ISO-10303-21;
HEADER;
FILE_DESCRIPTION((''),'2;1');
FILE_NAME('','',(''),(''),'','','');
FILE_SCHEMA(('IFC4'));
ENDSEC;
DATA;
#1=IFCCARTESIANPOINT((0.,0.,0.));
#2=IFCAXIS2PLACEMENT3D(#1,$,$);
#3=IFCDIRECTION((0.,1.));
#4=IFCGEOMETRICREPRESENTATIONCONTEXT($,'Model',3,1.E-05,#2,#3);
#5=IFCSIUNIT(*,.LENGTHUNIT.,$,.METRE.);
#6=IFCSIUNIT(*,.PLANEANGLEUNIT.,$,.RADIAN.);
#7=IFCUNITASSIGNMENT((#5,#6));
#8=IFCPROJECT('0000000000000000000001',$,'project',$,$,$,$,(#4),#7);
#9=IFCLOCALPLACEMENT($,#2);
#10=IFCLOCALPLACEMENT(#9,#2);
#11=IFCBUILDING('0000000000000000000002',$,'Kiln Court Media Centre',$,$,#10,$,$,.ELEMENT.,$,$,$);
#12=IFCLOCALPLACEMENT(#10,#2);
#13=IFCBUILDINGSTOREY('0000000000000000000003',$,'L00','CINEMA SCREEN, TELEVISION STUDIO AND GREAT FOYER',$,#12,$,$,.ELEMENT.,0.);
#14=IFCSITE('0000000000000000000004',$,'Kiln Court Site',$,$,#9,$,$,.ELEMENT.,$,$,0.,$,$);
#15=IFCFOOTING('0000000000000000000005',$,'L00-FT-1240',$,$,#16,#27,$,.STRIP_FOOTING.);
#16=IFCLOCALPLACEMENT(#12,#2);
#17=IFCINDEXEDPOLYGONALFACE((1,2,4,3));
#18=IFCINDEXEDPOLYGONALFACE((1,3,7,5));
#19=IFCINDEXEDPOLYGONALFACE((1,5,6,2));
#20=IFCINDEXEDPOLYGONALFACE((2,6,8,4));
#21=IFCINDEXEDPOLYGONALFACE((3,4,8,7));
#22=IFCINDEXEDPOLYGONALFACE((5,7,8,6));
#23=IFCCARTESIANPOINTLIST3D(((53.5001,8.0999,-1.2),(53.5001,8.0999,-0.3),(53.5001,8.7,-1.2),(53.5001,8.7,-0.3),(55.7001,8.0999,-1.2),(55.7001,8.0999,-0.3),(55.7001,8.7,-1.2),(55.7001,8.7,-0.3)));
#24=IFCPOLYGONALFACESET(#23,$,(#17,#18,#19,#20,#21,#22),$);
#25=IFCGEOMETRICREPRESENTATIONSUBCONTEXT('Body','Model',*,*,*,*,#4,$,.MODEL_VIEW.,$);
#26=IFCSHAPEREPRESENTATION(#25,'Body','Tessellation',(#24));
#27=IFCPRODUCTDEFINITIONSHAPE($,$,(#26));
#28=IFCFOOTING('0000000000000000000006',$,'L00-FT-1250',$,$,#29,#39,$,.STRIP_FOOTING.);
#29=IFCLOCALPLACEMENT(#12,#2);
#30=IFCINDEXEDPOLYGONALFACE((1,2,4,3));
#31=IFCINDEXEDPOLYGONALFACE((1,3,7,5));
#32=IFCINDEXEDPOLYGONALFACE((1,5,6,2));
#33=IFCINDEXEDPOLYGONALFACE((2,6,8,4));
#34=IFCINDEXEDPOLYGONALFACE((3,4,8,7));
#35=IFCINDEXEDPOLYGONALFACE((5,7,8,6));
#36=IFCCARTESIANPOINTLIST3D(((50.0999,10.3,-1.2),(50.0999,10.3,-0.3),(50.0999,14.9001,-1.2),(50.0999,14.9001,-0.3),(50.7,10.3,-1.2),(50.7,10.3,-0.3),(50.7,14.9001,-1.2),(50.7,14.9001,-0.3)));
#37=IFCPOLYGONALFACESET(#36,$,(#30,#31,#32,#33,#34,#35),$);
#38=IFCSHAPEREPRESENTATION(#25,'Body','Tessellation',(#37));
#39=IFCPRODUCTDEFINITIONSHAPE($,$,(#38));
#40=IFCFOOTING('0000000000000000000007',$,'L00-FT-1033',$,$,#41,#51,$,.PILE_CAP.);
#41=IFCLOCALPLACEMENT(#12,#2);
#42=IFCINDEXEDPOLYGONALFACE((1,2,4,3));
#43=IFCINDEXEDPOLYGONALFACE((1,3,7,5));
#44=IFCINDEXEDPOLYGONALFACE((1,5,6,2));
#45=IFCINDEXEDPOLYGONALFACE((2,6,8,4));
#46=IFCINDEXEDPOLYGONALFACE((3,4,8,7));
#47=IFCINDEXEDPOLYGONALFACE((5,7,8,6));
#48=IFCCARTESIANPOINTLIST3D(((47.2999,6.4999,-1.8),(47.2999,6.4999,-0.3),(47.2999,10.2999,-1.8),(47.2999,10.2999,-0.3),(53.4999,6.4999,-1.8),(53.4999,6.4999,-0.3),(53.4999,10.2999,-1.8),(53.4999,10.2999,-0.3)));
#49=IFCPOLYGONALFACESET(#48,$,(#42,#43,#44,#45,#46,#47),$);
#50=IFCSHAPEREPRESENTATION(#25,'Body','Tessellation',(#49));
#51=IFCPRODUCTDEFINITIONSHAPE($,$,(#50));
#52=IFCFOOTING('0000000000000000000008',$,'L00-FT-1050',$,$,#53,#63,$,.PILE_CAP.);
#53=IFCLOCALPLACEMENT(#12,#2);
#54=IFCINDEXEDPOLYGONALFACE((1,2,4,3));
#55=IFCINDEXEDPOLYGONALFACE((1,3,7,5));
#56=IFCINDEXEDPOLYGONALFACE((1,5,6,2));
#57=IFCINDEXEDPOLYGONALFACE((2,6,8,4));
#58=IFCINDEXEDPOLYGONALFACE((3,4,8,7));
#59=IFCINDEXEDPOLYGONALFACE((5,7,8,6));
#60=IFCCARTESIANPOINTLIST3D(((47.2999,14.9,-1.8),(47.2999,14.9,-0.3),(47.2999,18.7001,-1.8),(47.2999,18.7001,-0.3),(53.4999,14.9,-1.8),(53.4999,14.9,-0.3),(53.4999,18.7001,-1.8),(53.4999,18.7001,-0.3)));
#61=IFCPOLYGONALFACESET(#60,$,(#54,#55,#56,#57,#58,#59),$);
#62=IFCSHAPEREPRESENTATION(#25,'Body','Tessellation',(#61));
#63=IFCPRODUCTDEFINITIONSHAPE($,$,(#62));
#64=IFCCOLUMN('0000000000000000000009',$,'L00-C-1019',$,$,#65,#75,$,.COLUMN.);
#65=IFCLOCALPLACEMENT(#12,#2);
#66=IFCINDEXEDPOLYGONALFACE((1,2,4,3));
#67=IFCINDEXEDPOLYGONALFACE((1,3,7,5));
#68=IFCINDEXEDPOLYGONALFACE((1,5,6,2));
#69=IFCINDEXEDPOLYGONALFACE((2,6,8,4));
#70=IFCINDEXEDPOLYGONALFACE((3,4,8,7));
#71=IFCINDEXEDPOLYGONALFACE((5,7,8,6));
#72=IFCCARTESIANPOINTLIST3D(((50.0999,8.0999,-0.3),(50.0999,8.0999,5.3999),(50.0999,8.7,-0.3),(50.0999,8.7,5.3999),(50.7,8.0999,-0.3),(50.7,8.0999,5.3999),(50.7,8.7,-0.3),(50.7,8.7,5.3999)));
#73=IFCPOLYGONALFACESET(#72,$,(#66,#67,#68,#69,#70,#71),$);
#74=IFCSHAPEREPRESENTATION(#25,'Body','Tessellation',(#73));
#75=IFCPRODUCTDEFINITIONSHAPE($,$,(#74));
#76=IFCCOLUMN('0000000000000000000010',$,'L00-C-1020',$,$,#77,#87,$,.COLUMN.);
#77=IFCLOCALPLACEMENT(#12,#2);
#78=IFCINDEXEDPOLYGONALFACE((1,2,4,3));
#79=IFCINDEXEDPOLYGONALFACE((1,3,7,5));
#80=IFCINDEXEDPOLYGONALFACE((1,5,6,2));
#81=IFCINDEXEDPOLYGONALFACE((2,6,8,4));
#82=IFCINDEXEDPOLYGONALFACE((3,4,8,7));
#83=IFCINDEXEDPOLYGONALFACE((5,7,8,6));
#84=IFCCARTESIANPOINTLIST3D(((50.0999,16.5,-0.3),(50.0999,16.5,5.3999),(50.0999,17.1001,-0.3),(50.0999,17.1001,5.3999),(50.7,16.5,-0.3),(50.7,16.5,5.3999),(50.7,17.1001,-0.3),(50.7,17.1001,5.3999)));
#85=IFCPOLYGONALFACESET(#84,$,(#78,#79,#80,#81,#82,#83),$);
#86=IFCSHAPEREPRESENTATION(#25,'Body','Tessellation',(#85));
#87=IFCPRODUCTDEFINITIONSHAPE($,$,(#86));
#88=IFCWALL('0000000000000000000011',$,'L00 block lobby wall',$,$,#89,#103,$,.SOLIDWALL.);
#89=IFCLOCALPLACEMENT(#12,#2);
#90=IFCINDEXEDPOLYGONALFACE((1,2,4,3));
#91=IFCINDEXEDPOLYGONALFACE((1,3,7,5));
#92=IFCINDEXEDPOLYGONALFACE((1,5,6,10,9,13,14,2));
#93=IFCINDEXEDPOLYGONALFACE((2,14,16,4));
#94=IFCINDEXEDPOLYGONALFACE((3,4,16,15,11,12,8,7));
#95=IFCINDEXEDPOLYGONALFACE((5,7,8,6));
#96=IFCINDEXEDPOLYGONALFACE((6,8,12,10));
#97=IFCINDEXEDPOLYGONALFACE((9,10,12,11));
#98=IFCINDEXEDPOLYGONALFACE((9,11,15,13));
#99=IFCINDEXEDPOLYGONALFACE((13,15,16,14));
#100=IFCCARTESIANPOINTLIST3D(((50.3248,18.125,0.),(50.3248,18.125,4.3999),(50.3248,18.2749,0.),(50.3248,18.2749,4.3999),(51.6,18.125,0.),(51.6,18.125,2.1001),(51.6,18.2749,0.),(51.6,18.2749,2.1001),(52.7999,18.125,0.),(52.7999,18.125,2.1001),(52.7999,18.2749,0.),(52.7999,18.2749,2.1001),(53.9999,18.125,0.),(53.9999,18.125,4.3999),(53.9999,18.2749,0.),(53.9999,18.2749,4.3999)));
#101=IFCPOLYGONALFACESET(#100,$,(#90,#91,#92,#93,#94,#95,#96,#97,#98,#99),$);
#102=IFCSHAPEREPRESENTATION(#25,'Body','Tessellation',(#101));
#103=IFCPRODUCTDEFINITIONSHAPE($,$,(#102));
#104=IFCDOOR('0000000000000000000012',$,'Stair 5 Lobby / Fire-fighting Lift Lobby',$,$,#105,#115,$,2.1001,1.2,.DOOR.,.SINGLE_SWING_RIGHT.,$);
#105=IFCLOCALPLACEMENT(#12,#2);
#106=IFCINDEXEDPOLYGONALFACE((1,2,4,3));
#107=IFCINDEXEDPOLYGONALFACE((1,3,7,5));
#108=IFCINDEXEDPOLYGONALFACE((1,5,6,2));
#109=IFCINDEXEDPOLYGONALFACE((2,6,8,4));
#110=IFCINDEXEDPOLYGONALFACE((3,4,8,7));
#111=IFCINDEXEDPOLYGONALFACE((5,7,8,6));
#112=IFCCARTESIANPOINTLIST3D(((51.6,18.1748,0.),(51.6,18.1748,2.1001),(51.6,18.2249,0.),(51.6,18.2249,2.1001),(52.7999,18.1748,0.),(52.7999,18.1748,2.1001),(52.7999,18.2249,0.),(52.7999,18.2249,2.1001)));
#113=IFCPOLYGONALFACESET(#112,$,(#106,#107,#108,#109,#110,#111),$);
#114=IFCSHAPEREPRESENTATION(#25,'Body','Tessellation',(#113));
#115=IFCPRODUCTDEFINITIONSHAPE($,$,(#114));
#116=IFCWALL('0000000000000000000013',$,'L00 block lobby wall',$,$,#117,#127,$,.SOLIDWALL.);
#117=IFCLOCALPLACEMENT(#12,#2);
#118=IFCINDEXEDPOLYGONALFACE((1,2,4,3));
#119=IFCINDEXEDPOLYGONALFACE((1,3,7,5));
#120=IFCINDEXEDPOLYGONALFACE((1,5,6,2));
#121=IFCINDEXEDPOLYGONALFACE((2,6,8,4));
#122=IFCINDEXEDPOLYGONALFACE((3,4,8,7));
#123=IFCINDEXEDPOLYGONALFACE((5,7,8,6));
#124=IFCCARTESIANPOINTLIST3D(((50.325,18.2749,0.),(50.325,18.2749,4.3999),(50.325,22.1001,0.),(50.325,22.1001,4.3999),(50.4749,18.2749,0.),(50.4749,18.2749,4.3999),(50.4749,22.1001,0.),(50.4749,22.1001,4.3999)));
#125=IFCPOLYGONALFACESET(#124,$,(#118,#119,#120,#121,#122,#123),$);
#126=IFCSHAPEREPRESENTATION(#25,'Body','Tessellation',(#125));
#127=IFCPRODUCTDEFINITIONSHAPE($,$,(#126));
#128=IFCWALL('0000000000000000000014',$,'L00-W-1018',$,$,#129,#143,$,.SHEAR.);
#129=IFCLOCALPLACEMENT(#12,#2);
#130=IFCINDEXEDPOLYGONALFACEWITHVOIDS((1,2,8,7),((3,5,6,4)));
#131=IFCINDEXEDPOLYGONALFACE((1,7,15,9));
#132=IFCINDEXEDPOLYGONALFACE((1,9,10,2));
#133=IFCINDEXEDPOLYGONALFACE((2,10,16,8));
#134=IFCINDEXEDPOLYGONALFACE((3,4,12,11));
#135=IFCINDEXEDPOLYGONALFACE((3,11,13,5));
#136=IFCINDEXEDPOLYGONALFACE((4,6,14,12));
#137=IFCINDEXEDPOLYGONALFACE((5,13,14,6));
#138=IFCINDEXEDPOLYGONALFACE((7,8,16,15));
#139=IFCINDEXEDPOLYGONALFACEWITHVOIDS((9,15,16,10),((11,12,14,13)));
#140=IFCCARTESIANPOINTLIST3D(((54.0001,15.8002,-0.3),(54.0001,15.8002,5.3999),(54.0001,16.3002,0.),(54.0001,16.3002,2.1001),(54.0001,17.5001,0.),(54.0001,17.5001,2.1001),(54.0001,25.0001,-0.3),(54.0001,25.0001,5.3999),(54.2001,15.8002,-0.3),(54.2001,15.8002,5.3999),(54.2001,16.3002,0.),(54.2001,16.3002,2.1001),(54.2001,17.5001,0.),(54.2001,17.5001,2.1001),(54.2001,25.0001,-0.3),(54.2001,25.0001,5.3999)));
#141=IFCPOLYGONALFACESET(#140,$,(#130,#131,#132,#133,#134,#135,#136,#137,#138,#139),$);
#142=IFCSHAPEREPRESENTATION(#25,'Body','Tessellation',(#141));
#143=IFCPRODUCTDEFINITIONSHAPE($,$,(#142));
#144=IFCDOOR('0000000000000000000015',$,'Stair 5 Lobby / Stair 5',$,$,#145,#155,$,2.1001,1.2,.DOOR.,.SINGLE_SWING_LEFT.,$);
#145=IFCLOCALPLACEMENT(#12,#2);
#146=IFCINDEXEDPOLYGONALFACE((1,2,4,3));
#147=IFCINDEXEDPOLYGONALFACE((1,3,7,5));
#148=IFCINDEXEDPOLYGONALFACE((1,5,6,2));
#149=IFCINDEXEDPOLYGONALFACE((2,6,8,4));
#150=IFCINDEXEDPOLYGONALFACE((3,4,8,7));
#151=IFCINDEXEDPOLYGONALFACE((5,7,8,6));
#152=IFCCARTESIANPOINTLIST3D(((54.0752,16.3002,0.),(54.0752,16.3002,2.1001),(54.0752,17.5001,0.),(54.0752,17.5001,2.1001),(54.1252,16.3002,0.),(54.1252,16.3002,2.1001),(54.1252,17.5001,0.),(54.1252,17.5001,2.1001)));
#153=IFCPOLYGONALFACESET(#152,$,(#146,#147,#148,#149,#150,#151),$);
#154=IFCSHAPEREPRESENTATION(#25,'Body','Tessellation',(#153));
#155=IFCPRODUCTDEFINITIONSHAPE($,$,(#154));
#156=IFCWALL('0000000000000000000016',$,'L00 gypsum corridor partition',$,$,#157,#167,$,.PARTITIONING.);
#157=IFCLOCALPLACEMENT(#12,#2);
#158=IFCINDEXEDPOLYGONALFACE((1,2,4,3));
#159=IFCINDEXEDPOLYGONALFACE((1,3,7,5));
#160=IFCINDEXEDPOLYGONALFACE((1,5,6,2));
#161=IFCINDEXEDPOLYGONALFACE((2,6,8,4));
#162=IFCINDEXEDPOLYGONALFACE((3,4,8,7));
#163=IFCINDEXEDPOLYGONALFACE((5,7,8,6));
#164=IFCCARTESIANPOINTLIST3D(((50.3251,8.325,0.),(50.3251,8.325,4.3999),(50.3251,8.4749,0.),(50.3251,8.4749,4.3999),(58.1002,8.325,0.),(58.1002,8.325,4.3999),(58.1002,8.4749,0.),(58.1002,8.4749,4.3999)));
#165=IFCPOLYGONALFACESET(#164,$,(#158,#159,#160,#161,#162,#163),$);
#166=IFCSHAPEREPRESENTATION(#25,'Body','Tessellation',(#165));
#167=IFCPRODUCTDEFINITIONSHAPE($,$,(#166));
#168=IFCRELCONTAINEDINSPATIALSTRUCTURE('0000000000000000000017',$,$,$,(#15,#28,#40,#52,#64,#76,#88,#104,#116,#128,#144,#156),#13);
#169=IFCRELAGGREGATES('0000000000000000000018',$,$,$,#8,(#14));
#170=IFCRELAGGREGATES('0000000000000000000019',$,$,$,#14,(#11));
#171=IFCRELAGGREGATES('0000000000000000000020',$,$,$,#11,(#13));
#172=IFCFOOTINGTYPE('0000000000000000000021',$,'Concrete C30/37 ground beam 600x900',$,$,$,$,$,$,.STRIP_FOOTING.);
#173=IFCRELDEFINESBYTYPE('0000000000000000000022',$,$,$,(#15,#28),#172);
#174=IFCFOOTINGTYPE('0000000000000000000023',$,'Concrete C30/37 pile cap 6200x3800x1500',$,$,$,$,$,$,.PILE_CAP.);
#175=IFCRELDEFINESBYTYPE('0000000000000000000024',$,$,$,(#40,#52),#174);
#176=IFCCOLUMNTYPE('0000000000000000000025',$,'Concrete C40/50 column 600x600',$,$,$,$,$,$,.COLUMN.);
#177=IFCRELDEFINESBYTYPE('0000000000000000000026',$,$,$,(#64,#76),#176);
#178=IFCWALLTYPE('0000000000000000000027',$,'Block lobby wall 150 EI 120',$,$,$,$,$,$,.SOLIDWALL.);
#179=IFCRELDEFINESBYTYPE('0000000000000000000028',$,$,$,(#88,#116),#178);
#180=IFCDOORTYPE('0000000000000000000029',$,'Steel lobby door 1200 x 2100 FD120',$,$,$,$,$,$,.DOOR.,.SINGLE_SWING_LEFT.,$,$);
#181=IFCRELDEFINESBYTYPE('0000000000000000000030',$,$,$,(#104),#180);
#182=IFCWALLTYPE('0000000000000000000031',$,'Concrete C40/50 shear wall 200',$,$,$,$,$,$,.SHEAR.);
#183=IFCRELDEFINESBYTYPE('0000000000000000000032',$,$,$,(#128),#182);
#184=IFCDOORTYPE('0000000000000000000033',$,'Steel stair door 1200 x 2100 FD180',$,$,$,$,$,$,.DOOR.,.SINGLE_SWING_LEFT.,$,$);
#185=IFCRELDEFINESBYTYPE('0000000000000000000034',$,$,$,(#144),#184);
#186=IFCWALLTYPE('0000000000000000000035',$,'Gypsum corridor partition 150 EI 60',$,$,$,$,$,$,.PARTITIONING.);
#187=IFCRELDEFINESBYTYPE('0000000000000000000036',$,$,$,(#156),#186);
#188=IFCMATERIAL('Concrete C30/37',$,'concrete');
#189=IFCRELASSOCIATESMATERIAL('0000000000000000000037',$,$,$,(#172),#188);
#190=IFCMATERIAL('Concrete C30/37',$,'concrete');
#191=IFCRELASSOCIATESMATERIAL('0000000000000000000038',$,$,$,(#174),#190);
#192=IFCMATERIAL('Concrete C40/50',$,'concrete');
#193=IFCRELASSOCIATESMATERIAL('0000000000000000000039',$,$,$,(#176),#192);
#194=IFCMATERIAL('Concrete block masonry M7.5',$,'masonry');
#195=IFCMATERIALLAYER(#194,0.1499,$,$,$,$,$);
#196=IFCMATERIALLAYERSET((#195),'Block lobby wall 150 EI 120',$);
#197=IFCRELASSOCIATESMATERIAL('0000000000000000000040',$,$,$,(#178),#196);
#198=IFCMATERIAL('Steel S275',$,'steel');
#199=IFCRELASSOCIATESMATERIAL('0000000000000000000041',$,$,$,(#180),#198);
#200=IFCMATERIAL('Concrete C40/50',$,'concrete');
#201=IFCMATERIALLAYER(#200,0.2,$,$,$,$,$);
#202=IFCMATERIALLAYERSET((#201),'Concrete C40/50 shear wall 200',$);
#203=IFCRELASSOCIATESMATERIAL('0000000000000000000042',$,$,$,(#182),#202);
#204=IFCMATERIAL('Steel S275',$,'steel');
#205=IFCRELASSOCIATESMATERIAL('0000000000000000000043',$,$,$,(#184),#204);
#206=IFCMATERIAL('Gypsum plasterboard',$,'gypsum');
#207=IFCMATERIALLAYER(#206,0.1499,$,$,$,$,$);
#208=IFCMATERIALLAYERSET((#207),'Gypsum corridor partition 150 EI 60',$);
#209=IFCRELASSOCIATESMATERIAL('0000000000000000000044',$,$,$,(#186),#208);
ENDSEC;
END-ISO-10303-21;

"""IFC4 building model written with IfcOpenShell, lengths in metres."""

from ifc_helpers import new_model, si_unit, direction, frame, frame_2d, origin, origin_2d, place, context, subcontext, project, spatial, rectangle, extrude, material, layer, layer_set, material_profile, profile_set, type_object, element, fill, save


model = new_model("IFC4")

# Units and contexts
model_context = context("Model", 3, precision=1e-05, world=origin(), true_north=direction((0.0, 1.0)))
body_context = subcontext(model_context, "Body", "Model", "MODEL_VIEW")
ifc_project = project(units=[si_unit("LENGTHUNIT", "METRE"), si_unit("PLANEANGLEUNIT", "RADIAN")], contexts=[model_context])

# Site, building, storey
site_placement = place(None, origin())
site = spatial("IfcSite", under=ifc_project, at=site_placement, Name="Kiln Court Site", CompositionType="ELEMENT", RefElevation=0.0)
building_placement = place(site_placement, origin())
building = spatial("IfcBuilding", under=site, at=building_placement, Name="Kiln Court Media Centre", CompositionType="ELEMENT")
storey_placement = place(building_placement, origin())
storey = spatial("IfcBuildingStorey", under=building, at=storey_placement, Name="L00", Description="CINEMA SCREEN, TELEVISION STUDIO AND GREAT FOYER", CompositionType="ELEMENT", Elevation=0.0)

# Footings
ifc_material_1 = material(Name="Concrete C30/37", Category="concrete")
footing_type_1 = type_object("IfcFootingType", Name="Concrete C30/37 ground beam 600x900", PredefinedType="STRIP_FOOTING", material=ifc_material_1)
footing_1_placement = place(storey_placement, frame((54.6001, 8.3999, -1.2), z_axis=(0.0, 0.0, 1.0), x_axis=(1.0, 0.0, 0.0)))
element("IfcFooting", 1, at=footing_1_placement, inside=storey, type_object=footing_type_1, Name="L00-FT-1240", PredefinedType="STRIP_FOOTING", context=body_context, shape_type="SweptSolid", body=[
    extrude(rectangle(XDim=2.2, YDim=0.6001, at=origin_2d()), origin(), (0.0, 0.0, 1.0), 0.8999),
])
footing_2_placement = place(storey_placement, frame((50.3999, 12.6001, -1.2), z_axis=(0.0, 0.0, 1.0), x_axis=(1.0, 0.0, 0.0)))
element("IfcFooting", 2, at=footing_2_placement, inside=storey, type_object=footing_type_1, Name="L00-FT-1250", PredefinedType="STRIP_FOOTING", context=body_context, shape_type="SweptSolid", body=[
    extrude(rectangle(XDim=0.6001, YDim=4.6001, at=origin_2d()), origin(), (0.0, 0.0, 1.0), 0.8999),
])
ifc_material_2 = material(Name="Concrete C30/37", Category="concrete")
footing_type_2 = type_object("IfcFootingType", Name="Concrete C30/37 pile cap 6200x3800x1500", PredefinedType="PILE_CAP", material=ifc_material_2)
for number, where, z_axis, x_axis, name in (
    (3, (50.3999, 8.3999, -1.8), (0.0, 0.0, 1.0), (1.0, 0.0, 0.0), "L00-FT-1033"),
    (4, (50.3999, 16.8, -1.8), (0.0, 0.0, 1.0), (1.0, 0.0, 0.0), "L00-FT-1050"),
):
    element("IfcFooting", number, at=place(storey_placement, frame(where, z_axis=z_axis, x_axis=x_axis)), inside=storey, type_object=footing_type_2, Name=name, PredefinedType="PILE_CAP", context=body_context, shape_type="SweptSolid", body=[
        extrude(rectangle(XDim=6.2, YDim=3.8, at=origin_2d()), origin(), (0.0, 0.0, 1.0), 1.5),
    ])

# Columns
ifc_material_3 = material(Name="Concrete C40/50", Category="concrete")
ifc_material_profile_1 = material_profile(ifc_material_3, rectangle(XDim=0.6001, YDim=0.6001, at=origin_2d()), Name="RC 600x600")
ifc_profile_set_1 = profile_set([ifc_material_profile_1], Name="Concrete C40/50")
column_type = type_object("IfcColumnType", Name="Concrete C40/50 column 600x600", PredefinedType="COLUMN", material=ifc_profile_set_1)
for number, where, z_axis, x_axis, name in (
    (5, (50.3999, 8.3999, -0.3), (0.0, 0.0, 1.0), (1.0, 0.0, 0.0), "L00-C-1019"),
    (6, (50.3999, 16.8, -0.3), (0.0, 0.0, 1.0), (1.0, 0.0, 0.0), "L00-C-1020"),
):
    element("IfcColumn", number, at=place(storey_placement, frame(where, z_axis=z_axis, x_axis=x_axis)), inside=storey, type_object=column_type, Name=name, PredefinedType="COLUMN", context=body_context, shape_type="SweptSolid", body=[
        extrude(rectangle(XDim=0.6001, YDim=0.6001, at=origin_2d()), origin(), (0.0, 0.0, 1.0), 5.7),
    ])

# Wall, opening, door
ifc_material_4 = material(Name="Concrete block masonry M7.5", Category="masonry")
ifc_layer_1 = layer(ifc_material_4, 0.1499)
ifc_layer_set_1 = layer_set([ifc_layer_1], Name="Block lobby wall 150 EI 120")
wall_type_1 = type_object("IfcWallType", Name="Block lobby wall 150 EI 120", PredefinedType="SOLIDWALL", material=ifc_layer_set_1)
wall_1_placement = place(storey_placement, frame((50.325, 18.2, 0.0), z_axis=(0.0, 0.0, 1.0), x_axis=(1.0, 0.0, 0.0)))
wall_1 = element("IfcWall", 7, at=wall_1_placement, inside=storey, type_object=wall_type_1, Name="L00 block lobby wall", PredefinedType="SOLIDWALL", context=body_context, shape_type="SweptSolid", body=[
    extrude(rectangle(XDim=3.675, YDim=0.1499, at=frame_2d((1.8374, 0.0))), origin(), (0.0, 0.0, 1.0), 4.3999),
])
opening_1_placement = place(wall_1_placement, frame((1.2749, 0.0, 0.0)))
opening_1 = element("IfcOpeningElement", 8, at=opening_1_placement, cuts=wall_1, PredefinedType="OPENING", context=body_context, shape_type="SweptSolid", body=[
    extrude(rectangle(XDim=1.2, YDim=2.1001, at=frame_2d((0.6001, 1.05))), frame((0.0, 0.085, 0.0), z_axis=(0.0, -1.0, 0.0), x_axis=(1.0, 0.0, 0.0)), (0.0, 0.0, 1.0), 0.1699),
])
ifc_material_5 = material(Name="Steel S275", Category="steel")
door_type_1 = type_object("IfcDoorType", Name="Steel lobby door 1200 x 2100 FD120", OperationType="SINGLE_SWING_LEFT", PredefinedType="DOOR", material=ifc_material_5)
door_1_placement = place(opening_1_placement, origin())
door_1 = element("IfcDoor", 9, at=door_1_placement, inside=storey, type_object=door_type_1, Name="Stair 5 Lobby / Fire-fighting Lift Lobby", OperationType="SINGLE_SWING_RIGHT", OverallHeight=2.1001, OverallWidth=1.2, PredefinedType="DOOR", context=body_context, shape_type="SweptSolid", body=[
    extrude(rectangle(XDim=1.2, YDim=2.1001, at=frame_2d((0.6001, 1.05))), frame((0.0, 0.0249, 0.0), z_axis=(0.0, -1.0, 0.0), x_axis=(1.0, 0.0, 0.0)), (0.0, 0.0, 1.0), 0.05),
])
fill(opening_1, door_1)

# Wall
wall_2_placement = place(storey_placement, frame((50.3999, 18.2749, 0.0), z_axis=(0.0, 0.0, 1.0), x_axis=(0.0, 1.0, 0.0)))
element("IfcWall", 10, at=wall_2_placement, inside=storey, type_object=wall_type_1, Name="L00 block lobby wall", PredefinedType="SOLIDWALL", context=body_context, shape_type="SweptSolid", body=[
    extrude(rectangle(XDim=3.8252, YDim=0.1499, at=frame_2d((1.9126, 0.0))), origin(), (0.0, 0.0, 1.0), 4.3999),
])

# Wall, opening, door
ifc_material_6 = material(Name="Concrete C40/50", Category="concrete")
ifc_layer_2 = layer(ifc_material_6, 0.2)
ifc_layer_set_2 = layer_set([ifc_layer_2], Name="Concrete C40/50 shear wall 200")
wall_type_2 = type_object("IfcWallType", Name="Concrete C40/50 shear wall 200", PredefinedType="SHEAR", material=ifc_layer_set_2)
wall_3_placement = place(storey_placement, frame((54.1001, 15.8, -0.3), z_axis=(0.0, 0.0, 1.0), x_axis=(0.0, 1.0, 0.0)))
wall_3 = element("IfcWall", 11, at=wall_3_placement, inside=storey, type_object=wall_type_2, Name="L00-W-1018", PredefinedType="SHEAR", context=body_context, shape_type="SweptSolid", body=[
    extrude(rectangle(XDim=9.2, YDim=0.2, at=frame_2d((4.6001, 0.0))), origin(), (0.0, 0.0, 1.0), 5.7),
])
opening_2_placement = place(wall_3_placement, frame((0.5, 0.0, 0.3)))
opening_2 = element("IfcOpeningElement", 12, at=opening_2_placement, cuts=wall_3, PredefinedType="OPENING", context=body_context, shape_type="SweptSolid", body=[
    extrude(rectangle(XDim=1.2, YDim=2.1001, at=frame_2d((0.6001, 1.05))), frame((0.0, 0.1099, 0.0), z_axis=(0.0, -1.0, 0.0), x_axis=(1.0, 0.0, 0.0)), (0.0, 0.0, 1.0), 0.22),
])
ifc_material_7 = material(Name="Steel S275", Category="steel")
door_type_2 = type_object("IfcDoorType", Name="Steel stair door 1200 x 2100 FD180", OperationType="SINGLE_SWING_LEFT", PredefinedType="DOOR", material=ifc_material_7)
door_2_placement = place(opening_2_placement, origin())
door_2 = element("IfcDoor", 13, at=door_2_placement, inside=storey, type_object=door_type_2, Name="Stair 5 Lobby / Stair 5", OperationType="SINGLE_SWING_LEFT", OverallHeight=2.1001, OverallWidth=1.2, PredefinedType="DOOR", context=body_context, shape_type="SweptSolid", body=[
    extrude(rectangle(XDim=1.2, YDim=2.1001, at=frame_2d((0.6001, 1.05))), frame((0.0, 0.0249, 0.0), z_axis=(0.0, -1.0, 0.0), x_axis=(1.0, 0.0, 0.0)), (0.0, 0.0, 1.0), 0.05),
])
fill(opening_2, door_2)

# Wall
ifc_material_8 = material(Name="Gypsum plasterboard", Category="gypsum")
ifc_layer_3 = layer(ifc_material_8, 0.1499)
ifc_layer_set_3 = layer_set([ifc_layer_3], Name="Gypsum corridor partition 150 EI 60")
wall_type_3 = type_object("IfcWallType", Name="Gypsum corridor partition 150 EI 60", PredefinedType="PARTITIONING", material=ifc_layer_set_3)
wall_4_placement = place(storey_placement, frame((50.325, 8.3999, 0.0), z_axis=(0.0, 0.0, 1.0), x_axis=(1.0, 0.0, 0.0)))
element("IfcWall", 14, at=wall_4_placement, inside=storey, type_object=wall_type_3, Name="L00 gypsum corridor partition", PredefinedType="PARTITIONING", context=body_context, shape_type="SweptSolid", body=[
    extrude(rectangle(XDim=7.7751, YDim=0.1499, at=frame_2d((3.8877, 0.0))), origin(), (0.0, 0.0, 1.0), 4.3999),
])

save(model, "model.ifc")
